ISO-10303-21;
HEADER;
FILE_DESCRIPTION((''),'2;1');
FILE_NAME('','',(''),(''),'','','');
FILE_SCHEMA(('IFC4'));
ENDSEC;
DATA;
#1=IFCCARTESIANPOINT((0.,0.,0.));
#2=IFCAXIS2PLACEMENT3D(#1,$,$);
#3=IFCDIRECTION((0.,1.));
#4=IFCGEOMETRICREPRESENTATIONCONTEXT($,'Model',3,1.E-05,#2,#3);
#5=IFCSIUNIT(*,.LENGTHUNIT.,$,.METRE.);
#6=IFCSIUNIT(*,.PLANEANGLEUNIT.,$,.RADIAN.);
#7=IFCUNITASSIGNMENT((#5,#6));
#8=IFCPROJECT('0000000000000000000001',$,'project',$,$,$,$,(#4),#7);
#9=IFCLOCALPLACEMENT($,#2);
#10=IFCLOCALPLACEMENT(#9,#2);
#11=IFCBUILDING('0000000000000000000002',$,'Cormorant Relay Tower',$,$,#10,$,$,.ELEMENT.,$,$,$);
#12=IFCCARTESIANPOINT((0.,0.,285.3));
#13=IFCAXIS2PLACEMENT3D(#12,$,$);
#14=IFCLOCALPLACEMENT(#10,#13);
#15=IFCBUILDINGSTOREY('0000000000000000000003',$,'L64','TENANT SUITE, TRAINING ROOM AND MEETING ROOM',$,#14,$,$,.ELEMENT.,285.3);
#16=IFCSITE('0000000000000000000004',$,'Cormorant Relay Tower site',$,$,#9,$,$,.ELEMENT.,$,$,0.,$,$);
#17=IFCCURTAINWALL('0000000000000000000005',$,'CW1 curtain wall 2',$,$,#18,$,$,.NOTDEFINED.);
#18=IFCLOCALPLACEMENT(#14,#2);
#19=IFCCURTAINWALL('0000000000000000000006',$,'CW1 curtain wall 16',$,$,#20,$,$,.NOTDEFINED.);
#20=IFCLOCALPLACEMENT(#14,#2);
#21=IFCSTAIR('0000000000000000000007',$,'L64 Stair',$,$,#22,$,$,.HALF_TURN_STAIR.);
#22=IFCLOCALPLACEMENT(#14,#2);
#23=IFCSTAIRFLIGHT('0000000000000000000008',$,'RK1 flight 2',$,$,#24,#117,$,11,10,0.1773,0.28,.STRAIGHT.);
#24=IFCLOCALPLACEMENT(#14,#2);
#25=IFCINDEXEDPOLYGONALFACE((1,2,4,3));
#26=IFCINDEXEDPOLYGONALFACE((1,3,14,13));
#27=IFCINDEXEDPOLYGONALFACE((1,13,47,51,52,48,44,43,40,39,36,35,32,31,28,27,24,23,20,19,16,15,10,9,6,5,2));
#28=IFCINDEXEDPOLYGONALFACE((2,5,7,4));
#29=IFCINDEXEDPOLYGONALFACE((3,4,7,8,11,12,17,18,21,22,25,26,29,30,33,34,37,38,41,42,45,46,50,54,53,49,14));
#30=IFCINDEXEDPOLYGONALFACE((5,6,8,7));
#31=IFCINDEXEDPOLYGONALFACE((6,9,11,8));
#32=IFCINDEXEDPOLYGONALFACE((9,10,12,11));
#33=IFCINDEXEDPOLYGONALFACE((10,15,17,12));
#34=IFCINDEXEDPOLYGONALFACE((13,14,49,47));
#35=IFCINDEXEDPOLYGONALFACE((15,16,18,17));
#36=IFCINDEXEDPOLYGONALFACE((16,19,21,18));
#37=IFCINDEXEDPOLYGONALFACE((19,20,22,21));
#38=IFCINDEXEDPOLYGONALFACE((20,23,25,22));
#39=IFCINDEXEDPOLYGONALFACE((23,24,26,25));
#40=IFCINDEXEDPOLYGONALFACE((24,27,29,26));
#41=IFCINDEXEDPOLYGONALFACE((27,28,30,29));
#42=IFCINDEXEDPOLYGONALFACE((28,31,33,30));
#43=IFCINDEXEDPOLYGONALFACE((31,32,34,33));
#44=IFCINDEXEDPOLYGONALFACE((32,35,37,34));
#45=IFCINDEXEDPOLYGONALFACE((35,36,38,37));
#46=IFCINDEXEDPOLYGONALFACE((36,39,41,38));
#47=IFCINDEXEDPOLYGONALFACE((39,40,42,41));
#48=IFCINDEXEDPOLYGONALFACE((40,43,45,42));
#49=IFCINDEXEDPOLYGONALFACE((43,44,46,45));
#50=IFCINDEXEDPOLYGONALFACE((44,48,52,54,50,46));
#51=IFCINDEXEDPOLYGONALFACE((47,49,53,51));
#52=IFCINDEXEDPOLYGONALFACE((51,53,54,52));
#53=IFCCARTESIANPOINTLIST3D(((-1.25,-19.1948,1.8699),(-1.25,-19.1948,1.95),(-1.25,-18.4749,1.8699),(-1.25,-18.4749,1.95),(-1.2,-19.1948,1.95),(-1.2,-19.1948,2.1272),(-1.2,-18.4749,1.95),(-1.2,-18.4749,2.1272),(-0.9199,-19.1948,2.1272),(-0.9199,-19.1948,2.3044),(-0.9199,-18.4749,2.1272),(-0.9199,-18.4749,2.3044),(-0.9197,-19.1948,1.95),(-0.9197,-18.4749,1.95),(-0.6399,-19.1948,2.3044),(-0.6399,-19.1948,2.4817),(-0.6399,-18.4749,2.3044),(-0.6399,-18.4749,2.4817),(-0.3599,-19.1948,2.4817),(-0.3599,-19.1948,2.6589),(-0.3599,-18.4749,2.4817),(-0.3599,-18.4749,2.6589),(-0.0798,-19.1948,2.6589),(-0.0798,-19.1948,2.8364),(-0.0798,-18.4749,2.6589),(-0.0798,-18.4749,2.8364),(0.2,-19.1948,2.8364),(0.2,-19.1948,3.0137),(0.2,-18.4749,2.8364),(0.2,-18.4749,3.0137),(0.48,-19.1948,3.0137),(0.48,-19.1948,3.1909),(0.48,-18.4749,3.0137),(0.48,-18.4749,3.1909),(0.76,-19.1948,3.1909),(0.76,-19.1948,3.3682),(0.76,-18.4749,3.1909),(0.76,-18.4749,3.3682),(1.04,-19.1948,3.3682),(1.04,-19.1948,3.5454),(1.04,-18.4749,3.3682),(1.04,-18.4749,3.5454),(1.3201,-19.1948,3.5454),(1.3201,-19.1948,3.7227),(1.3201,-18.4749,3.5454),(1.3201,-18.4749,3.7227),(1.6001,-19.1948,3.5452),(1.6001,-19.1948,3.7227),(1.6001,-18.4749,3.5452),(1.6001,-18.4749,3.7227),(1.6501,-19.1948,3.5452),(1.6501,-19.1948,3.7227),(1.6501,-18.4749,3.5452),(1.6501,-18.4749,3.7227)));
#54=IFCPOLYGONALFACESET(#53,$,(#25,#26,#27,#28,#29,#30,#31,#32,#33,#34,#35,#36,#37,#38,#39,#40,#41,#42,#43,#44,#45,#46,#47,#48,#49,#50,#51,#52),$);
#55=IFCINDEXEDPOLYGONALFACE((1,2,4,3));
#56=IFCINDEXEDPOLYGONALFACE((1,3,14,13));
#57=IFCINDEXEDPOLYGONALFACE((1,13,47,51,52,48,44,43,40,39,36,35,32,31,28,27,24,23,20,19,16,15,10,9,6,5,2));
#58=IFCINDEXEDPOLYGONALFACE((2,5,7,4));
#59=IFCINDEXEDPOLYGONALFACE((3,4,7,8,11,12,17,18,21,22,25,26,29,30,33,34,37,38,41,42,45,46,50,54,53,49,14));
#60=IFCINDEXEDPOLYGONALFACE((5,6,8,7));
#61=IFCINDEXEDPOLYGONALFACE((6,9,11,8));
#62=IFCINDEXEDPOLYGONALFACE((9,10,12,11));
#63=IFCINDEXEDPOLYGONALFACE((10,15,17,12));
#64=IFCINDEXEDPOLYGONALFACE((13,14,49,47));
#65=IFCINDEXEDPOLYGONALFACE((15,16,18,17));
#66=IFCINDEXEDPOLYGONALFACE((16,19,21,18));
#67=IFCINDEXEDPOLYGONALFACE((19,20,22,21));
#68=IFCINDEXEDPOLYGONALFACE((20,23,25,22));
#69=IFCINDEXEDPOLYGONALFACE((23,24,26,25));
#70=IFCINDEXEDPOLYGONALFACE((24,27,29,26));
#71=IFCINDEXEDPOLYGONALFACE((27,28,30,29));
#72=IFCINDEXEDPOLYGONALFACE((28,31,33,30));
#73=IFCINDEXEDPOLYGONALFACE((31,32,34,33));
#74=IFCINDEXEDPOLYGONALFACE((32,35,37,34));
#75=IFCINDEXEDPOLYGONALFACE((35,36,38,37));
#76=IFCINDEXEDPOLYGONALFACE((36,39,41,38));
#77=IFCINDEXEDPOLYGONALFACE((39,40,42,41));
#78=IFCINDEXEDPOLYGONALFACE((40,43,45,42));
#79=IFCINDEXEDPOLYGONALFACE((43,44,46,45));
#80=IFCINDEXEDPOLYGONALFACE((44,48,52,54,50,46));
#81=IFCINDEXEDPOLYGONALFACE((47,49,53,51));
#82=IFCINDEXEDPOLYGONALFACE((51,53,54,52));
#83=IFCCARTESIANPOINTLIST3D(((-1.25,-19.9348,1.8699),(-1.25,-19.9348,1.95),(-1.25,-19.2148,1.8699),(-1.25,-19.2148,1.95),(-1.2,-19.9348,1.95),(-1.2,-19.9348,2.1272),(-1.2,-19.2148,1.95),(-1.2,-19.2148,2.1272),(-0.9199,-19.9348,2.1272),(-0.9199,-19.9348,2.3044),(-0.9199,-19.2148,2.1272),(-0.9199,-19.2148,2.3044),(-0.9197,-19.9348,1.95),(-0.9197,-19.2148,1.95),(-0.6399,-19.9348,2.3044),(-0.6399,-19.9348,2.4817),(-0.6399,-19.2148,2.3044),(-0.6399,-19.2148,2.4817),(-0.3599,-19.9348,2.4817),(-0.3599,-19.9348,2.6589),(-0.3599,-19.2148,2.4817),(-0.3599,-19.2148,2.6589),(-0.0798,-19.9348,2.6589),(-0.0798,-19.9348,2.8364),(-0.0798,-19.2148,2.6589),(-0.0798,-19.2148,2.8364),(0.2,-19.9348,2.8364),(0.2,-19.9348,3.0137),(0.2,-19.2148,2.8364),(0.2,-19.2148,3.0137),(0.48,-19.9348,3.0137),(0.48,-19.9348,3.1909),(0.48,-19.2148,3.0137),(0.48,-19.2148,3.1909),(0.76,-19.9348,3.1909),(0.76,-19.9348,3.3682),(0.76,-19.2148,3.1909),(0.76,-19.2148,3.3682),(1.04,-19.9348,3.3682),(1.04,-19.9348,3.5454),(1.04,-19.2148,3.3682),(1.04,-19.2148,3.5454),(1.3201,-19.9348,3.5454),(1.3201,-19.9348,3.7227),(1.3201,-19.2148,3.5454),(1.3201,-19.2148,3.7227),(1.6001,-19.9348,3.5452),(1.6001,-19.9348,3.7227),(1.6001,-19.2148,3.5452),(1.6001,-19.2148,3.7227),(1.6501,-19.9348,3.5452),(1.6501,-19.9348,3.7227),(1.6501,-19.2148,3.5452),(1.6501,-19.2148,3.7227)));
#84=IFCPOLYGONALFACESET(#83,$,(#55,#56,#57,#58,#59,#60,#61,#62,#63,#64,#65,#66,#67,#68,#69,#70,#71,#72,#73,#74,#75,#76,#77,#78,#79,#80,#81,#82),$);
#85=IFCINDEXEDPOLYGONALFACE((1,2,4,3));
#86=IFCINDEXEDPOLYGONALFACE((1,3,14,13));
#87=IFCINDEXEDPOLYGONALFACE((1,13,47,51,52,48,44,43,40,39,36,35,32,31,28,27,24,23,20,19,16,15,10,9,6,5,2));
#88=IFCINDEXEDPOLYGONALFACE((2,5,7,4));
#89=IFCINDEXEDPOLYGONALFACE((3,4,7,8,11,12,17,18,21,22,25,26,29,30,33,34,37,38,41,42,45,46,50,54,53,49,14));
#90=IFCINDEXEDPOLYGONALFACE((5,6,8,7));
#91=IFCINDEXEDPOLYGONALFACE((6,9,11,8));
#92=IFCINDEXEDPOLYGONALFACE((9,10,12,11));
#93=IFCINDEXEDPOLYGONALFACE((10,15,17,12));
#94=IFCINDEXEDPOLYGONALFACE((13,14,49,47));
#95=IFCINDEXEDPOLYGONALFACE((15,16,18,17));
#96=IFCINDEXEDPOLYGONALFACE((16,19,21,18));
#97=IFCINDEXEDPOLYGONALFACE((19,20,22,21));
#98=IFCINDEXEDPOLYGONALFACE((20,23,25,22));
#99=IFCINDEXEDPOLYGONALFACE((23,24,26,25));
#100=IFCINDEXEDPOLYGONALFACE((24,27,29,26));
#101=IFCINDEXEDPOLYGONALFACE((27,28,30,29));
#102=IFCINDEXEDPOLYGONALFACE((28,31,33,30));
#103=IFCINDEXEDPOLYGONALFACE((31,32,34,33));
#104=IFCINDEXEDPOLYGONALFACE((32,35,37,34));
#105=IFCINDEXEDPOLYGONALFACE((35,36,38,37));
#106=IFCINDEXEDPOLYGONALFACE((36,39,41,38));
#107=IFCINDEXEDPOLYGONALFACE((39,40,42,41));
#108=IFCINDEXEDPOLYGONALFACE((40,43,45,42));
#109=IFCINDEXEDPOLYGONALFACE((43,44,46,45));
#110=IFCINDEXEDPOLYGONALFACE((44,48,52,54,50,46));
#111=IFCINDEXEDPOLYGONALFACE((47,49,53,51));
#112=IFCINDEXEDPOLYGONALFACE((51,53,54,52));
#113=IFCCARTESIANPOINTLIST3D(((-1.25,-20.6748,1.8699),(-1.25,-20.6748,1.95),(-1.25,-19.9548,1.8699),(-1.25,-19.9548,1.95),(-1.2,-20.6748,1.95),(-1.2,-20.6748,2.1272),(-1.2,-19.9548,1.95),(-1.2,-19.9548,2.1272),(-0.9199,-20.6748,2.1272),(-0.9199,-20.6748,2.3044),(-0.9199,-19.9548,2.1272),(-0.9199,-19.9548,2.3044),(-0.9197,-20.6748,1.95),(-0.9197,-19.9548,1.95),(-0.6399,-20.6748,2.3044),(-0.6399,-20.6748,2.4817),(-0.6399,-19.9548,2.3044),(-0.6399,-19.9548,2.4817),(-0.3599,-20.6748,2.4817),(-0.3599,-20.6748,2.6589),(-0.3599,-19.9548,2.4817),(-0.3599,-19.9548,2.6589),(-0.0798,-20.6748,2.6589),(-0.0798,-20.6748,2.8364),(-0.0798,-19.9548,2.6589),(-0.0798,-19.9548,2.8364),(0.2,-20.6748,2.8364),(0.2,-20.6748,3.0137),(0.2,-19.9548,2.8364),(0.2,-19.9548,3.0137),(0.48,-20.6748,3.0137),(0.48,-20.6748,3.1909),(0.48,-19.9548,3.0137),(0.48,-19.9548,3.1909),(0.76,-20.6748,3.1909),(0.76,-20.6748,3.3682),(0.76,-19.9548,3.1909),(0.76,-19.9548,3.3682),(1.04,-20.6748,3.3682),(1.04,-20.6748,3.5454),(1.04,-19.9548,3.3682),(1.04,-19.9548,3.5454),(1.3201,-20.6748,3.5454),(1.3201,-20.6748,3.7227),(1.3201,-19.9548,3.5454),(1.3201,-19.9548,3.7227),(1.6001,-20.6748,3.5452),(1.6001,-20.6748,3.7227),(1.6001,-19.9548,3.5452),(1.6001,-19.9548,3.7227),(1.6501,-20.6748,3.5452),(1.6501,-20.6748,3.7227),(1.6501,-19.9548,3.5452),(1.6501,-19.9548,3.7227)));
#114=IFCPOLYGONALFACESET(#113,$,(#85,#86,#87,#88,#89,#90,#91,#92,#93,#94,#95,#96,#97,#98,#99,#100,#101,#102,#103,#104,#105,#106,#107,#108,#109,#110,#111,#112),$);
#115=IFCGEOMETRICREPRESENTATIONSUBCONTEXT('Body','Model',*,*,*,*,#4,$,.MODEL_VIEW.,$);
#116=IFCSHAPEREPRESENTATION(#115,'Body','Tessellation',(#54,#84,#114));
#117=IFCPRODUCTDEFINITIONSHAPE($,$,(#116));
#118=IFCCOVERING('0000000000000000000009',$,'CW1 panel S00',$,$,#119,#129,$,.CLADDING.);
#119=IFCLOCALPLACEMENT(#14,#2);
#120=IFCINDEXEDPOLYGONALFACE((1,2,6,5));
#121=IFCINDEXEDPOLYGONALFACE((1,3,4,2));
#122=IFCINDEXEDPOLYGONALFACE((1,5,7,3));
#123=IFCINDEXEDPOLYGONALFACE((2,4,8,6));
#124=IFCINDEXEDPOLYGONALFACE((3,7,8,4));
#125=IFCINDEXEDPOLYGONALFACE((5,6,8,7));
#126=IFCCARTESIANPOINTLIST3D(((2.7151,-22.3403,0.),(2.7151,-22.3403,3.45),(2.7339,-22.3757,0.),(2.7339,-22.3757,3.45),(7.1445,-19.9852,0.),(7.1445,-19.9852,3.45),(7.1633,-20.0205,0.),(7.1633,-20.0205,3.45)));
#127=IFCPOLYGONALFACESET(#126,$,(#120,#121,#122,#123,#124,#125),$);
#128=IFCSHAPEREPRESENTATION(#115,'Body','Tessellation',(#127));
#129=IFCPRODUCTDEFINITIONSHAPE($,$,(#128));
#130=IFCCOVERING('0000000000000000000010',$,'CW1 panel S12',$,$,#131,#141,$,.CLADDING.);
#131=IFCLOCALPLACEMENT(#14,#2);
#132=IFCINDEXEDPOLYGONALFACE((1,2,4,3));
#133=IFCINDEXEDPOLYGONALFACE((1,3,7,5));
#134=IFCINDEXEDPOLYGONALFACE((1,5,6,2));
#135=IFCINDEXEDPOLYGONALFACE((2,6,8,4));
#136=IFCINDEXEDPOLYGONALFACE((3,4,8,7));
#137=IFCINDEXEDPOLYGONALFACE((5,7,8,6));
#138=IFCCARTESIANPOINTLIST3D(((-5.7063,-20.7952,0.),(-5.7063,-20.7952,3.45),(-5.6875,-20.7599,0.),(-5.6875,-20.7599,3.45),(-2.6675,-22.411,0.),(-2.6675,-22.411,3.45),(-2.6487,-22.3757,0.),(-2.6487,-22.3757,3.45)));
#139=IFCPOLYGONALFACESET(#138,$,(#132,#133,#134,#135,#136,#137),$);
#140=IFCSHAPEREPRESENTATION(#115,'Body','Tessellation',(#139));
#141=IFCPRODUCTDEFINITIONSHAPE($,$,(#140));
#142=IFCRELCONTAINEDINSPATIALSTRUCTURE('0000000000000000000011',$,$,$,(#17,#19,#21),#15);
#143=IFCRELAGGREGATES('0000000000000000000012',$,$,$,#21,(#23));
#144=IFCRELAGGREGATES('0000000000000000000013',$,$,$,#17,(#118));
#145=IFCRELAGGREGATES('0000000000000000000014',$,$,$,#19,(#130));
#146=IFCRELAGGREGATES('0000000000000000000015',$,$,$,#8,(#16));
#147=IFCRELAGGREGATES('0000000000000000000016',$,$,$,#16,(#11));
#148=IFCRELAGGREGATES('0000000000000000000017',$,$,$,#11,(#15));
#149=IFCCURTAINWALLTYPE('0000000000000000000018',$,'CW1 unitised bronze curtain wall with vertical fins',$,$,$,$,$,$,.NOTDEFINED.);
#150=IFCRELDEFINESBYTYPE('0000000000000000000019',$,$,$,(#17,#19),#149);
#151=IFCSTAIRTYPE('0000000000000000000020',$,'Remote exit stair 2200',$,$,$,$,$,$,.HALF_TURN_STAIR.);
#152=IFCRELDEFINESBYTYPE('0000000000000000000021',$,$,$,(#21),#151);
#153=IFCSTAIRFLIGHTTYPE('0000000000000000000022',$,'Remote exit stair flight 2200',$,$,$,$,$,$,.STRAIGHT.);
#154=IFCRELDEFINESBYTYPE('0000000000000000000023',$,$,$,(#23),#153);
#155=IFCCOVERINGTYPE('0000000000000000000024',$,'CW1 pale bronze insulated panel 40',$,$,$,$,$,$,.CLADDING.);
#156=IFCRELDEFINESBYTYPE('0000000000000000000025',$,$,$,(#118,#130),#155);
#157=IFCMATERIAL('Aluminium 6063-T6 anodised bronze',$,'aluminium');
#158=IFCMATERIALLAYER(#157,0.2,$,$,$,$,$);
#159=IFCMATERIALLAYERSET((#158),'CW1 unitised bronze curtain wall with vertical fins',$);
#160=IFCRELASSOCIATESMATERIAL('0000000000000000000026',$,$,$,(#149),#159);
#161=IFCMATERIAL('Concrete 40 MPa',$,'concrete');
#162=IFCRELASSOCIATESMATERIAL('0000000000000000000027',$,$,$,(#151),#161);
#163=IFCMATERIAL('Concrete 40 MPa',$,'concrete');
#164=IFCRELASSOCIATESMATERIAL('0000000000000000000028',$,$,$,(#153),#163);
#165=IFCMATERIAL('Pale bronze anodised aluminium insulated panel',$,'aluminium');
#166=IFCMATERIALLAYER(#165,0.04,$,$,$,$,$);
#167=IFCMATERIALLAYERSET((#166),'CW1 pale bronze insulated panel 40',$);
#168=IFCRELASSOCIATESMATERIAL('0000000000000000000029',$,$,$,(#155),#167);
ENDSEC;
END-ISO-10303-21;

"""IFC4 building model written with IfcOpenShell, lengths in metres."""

from ifc_helpers import new_model, si_unit, direction, frame, origin, origin_2d, place, context, subcontext, project, spatial, polyline, rectangle, outline, extrude, material, layer, layer_set, type_object, element, aggregate, save


model = new_model("IFC4")

# Units and contexts
model_context = context("Model", 3, precision=1e-05, world=origin(), true_north=direction((0.0, 1.0)))
body_context = subcontext(model_context, "Body", "Model", "MODEL_VIEW")
ifc_project = project(units=[si_unit("LENGTHUNIT", "METRE"), si_unit("PLANEANGLEUNIT", "RADIAN")], contexts=[model_context])

# Site, building, storey
site_placement = place(None, origin())
site = spatial("IfcSite", under=ifc_project, at=site_placement, Name="Cormorant Relay Tower site", CompositionType="ELEMENT", RefElevation=0.0)
building_placement = place(site_placement, origin())
building = spatial("IfcBuilding", under=site, at=building_placement, Name="Cormorant Relay Tower", CompositionType="ELEMENT")
storey_placement = place(building_placement, frame((0.0, 0.0, 285.3)))
storey = spatial("IfcBuildingStorey", under=building, at=storey_placement, Name="L64", Description="TENANT SUITE, TRAINING ROOM AND MEETING ROOM", CompositionType="ELEMENT", Elevation=285.3)

# Shared definitions
ifc_material_1 = material(Name="Aluminium 6063-T6 anodised bronze", Category="aluminium")
ifc_layer_1 = layer(ifc_material_1, 0.2)
ifc_layer_set_1 = layer_set([ifc_layer_1], Name="CW1 unitised bronze curtain wall with vertical fins")
curtain_wall_type = type_object("IfcCurtainWallType", Name="CW1 unitised bronze curtain wall with vertical fins", PredefinedType="NOTDEFINED", material=ifc_layer_set_1)

# Curtain wall
curtain_wall_1_placement = place(storey_placement, origin())
curtain_wall_1 = element("IfcCurtainWall", 1, at=curtain_wall_1_placement, inside=storey, type_object=curtain_wall_type, Name="CW1 curtain wall 2", PredefinedType="NOTDEFINED")

# Curtain wall
curtain_wall_2_placement = place(storey_placement, origin())
curtain_wall_2 = element("IfcCurtainWall", 2, at=curtain_wall_2_placement, inside=storey, type_object=curtain_wall_type, Name="CW1 curtain wall 16", PredefinedType="NOTDEFINED")

# Stair, stair flight
ifc_material_2 = material(Name="Concrete 40 MPa", Category="concrete")
stair_type = type_object("IfcStairType", Name="Remote exit stair 2200", PredefinedType="HALF_TURN_STAIR", material=ifc_material_2)
stair_placement = place(storey_placement, origin())
stair = element("IfcStair", 3, at=stair_placement, inside=storey, type_object=stair_type, Name="L64 Stair", PredefinedType="HALF_TURN_STAIR")
ifc_material_3 = material(Name="Concrete 40 MPa", Category="concrete")
stair_flight_type = type_object("IfcStairFlightType", Name="Remote exit stair flight 2200", PredefinedType="STRAIGHT", material=ifc_material_3)
stair_flight_placement = place(storey_placement, frame((-1.2, -19.575, 1.95), z_axis=(0.0, 0.0, 1.0), x_axis=(1.0, 0.0, 0.0)))
stair_flight = element("IfcStairFlight", 4, at=stair_flight_placement, type_object=stair_flight_type, Name="RK1 flight 2", NumberOfRisers=11, NumberOfTreads=10, PredefinedType="STRAIGHT", RiserHeight=0.1773, TreadLength=0.28, context=body_context, shape_type="SweptSolid", body=[
    extrude(outline(polyline([(-0.05, -0.0801), (-0.05, 0.0), (0.0, 0.0), (0.0, 0.1772), (0.28, 0.1772), (0.28, 0.3545), (0.5601, 0.3545), (0.5601, 0.5317), (0.8401, 0.5317), (0.8401, 0.709), (1.1201, 0.709), (1.1201, 0.8865), (1.3999, 0.8865), (1.3999, 1.0637), (1.6799, 1.0637), (1.6799, 1.241), (1.96, 1.241), (1.96, 1.4182), (2.24, 1.4182), (2.24, 1.5955), (2.52, 1.5955), (2.52, 1.7727), (2.8, 1.7727), (2.8501, 1.7727), (2.8501, 1.5952), (2.8, 1.5952), (0.2803, 0.0), (-0.05, -0.0801)])), frame((0.0, 1.1001, 0.0), z_axis=(0.0, -1.0, 0.0), x_axis=(1.0, 0.0, 0.0)), (0.0, 0.0, 1.0), 0.72),
    extrude(outline(polyline([(-0.05, -0.0801), (-0.05, 0.0), (0.0, 0.0), (0.0, 0.1772), (0.28, 0.1772), (0.28, 0.3545), (0.5601, 0.3545), (0.5601, 0.5317), (0.8401, 0.5317), (0.8401, 0.709), (1.1201, 0.709), (1.1201, 0.8865), (1.3999, 0.8865), (1.3999, 1.0637), (1.6799, 1.0637), (1.6799, 1.241), (1.96, 1.241), (1.96, 1.4182), (2.24, 1.4182), (2.24, 1.5955), (2.52, 1.5955), (2.52, 1.7727), (2.8, 1.7727), (2.8501, 1.7727), (2.8501, 1.5952), (2.8, 1.5952), (0.2803, 0.0), (-0.05, -0.0801)])), frame((0.0, 0.3601, 0.0), z_axis=(0.0, -1.0, 0.0), x_axis=(1.0, 0.0, 0.0)), (0.0, 0.0, 1.0), 0.72),
    extrude(outline(polyline([(-0.05, -0.0801), (-0.05, 0.0), (0.0, 0.0), (0.0, 0.1772), (0.28, 0.1772), (0.28, 0.3545), (0.5601, 0.3545), (0.5601, 0.5317), (0.8401, 0.5317), (0.8401, 0.709), (1.1201, 0.709), (1.1201, 0.8865), (1.3999, 0.8865), (1.3999, 1.0637), (1.6799, 1.0637), (1.6799, 1.241), (1.96, 1.241), (1.96, 1.4182), (2.24, 1.4182), (2.24, 1.5955), (2.52, 1.5955), (2.52, 1.7727), (2.8, 1.7727), (2.8501, 1.7727), (2.8501, 1.5952), (2.8, 1.5952), (0.2803, 0.0), (-0.05, -0.0801)])), frame((0.0, -0.3799, 0.0), z_axis=(0.0, -1.0, 0.0), x_axis=(1.0, 0.0, 0.0)), (0.0, 0.0, 1.0), 0.72),
])
aggregate(stair, [stair_flight])

# Coverings
ifc_material_4 = material(Name="Pale bronze anodised aluminium insulated panel", Category="aluminium")
ifc_layer_2 = layer(ifc_material_4, 0.04)
ifc_layer_set_2 = layer_set([ifc_layer_2], Name="CW1 pale bronze insulated panel 40")
covering_type = type_object("IfcCoveringType", Name="CW1 pale bronze insulated panel 40", PredefinedType="CLADDING", material=ifc_layer_set_2)
covering_1_placement = place(storey_placement, frame((4.9392, -21.1804, 0.0), z_axis=(0.0, 0.0, 1.0), x_axis=(0.882948, 0.469472, 0.0)))
covering_1 = element("IfcCovering", 5, at=covering_1_placement, type_object=covering_type, Name="CW1 panel S00", PredefinedType="CLADDING", context=body_context, shape_type="SweptSolid", body=[
    extrude(rectangle(XDim=5.0166, YDim=0.04, at=origin_2d()), origin(), (0.0, 0.0, 1.0), 3.45),
])
aggregate(curtain_wall_1, [covering_1])
covering_2_placement = place(storey_placement, frame((-4.1775, -21.5854, 0.0), z_axis=(0.0, 0.0, 1.0), x_axis=(0.882948, -0.469472, 0.0)))
covering_2 = element("IfcCovering", 6, at=covering_2_placement, type_object=covering_type, Name="CW1 panel S12", PredefinedType="CLADDING", context=body_context, shape_type="SweptSolid", body=[
    extrude(rectangle(XDim=3.4417, YDim=0.04, at=origin_2d()), origin(), (0.0, 0.0, 1.0), 3.45),
])
aggregate(curtain_wall_2, [covering_2])

save(model, "model.ifc")
